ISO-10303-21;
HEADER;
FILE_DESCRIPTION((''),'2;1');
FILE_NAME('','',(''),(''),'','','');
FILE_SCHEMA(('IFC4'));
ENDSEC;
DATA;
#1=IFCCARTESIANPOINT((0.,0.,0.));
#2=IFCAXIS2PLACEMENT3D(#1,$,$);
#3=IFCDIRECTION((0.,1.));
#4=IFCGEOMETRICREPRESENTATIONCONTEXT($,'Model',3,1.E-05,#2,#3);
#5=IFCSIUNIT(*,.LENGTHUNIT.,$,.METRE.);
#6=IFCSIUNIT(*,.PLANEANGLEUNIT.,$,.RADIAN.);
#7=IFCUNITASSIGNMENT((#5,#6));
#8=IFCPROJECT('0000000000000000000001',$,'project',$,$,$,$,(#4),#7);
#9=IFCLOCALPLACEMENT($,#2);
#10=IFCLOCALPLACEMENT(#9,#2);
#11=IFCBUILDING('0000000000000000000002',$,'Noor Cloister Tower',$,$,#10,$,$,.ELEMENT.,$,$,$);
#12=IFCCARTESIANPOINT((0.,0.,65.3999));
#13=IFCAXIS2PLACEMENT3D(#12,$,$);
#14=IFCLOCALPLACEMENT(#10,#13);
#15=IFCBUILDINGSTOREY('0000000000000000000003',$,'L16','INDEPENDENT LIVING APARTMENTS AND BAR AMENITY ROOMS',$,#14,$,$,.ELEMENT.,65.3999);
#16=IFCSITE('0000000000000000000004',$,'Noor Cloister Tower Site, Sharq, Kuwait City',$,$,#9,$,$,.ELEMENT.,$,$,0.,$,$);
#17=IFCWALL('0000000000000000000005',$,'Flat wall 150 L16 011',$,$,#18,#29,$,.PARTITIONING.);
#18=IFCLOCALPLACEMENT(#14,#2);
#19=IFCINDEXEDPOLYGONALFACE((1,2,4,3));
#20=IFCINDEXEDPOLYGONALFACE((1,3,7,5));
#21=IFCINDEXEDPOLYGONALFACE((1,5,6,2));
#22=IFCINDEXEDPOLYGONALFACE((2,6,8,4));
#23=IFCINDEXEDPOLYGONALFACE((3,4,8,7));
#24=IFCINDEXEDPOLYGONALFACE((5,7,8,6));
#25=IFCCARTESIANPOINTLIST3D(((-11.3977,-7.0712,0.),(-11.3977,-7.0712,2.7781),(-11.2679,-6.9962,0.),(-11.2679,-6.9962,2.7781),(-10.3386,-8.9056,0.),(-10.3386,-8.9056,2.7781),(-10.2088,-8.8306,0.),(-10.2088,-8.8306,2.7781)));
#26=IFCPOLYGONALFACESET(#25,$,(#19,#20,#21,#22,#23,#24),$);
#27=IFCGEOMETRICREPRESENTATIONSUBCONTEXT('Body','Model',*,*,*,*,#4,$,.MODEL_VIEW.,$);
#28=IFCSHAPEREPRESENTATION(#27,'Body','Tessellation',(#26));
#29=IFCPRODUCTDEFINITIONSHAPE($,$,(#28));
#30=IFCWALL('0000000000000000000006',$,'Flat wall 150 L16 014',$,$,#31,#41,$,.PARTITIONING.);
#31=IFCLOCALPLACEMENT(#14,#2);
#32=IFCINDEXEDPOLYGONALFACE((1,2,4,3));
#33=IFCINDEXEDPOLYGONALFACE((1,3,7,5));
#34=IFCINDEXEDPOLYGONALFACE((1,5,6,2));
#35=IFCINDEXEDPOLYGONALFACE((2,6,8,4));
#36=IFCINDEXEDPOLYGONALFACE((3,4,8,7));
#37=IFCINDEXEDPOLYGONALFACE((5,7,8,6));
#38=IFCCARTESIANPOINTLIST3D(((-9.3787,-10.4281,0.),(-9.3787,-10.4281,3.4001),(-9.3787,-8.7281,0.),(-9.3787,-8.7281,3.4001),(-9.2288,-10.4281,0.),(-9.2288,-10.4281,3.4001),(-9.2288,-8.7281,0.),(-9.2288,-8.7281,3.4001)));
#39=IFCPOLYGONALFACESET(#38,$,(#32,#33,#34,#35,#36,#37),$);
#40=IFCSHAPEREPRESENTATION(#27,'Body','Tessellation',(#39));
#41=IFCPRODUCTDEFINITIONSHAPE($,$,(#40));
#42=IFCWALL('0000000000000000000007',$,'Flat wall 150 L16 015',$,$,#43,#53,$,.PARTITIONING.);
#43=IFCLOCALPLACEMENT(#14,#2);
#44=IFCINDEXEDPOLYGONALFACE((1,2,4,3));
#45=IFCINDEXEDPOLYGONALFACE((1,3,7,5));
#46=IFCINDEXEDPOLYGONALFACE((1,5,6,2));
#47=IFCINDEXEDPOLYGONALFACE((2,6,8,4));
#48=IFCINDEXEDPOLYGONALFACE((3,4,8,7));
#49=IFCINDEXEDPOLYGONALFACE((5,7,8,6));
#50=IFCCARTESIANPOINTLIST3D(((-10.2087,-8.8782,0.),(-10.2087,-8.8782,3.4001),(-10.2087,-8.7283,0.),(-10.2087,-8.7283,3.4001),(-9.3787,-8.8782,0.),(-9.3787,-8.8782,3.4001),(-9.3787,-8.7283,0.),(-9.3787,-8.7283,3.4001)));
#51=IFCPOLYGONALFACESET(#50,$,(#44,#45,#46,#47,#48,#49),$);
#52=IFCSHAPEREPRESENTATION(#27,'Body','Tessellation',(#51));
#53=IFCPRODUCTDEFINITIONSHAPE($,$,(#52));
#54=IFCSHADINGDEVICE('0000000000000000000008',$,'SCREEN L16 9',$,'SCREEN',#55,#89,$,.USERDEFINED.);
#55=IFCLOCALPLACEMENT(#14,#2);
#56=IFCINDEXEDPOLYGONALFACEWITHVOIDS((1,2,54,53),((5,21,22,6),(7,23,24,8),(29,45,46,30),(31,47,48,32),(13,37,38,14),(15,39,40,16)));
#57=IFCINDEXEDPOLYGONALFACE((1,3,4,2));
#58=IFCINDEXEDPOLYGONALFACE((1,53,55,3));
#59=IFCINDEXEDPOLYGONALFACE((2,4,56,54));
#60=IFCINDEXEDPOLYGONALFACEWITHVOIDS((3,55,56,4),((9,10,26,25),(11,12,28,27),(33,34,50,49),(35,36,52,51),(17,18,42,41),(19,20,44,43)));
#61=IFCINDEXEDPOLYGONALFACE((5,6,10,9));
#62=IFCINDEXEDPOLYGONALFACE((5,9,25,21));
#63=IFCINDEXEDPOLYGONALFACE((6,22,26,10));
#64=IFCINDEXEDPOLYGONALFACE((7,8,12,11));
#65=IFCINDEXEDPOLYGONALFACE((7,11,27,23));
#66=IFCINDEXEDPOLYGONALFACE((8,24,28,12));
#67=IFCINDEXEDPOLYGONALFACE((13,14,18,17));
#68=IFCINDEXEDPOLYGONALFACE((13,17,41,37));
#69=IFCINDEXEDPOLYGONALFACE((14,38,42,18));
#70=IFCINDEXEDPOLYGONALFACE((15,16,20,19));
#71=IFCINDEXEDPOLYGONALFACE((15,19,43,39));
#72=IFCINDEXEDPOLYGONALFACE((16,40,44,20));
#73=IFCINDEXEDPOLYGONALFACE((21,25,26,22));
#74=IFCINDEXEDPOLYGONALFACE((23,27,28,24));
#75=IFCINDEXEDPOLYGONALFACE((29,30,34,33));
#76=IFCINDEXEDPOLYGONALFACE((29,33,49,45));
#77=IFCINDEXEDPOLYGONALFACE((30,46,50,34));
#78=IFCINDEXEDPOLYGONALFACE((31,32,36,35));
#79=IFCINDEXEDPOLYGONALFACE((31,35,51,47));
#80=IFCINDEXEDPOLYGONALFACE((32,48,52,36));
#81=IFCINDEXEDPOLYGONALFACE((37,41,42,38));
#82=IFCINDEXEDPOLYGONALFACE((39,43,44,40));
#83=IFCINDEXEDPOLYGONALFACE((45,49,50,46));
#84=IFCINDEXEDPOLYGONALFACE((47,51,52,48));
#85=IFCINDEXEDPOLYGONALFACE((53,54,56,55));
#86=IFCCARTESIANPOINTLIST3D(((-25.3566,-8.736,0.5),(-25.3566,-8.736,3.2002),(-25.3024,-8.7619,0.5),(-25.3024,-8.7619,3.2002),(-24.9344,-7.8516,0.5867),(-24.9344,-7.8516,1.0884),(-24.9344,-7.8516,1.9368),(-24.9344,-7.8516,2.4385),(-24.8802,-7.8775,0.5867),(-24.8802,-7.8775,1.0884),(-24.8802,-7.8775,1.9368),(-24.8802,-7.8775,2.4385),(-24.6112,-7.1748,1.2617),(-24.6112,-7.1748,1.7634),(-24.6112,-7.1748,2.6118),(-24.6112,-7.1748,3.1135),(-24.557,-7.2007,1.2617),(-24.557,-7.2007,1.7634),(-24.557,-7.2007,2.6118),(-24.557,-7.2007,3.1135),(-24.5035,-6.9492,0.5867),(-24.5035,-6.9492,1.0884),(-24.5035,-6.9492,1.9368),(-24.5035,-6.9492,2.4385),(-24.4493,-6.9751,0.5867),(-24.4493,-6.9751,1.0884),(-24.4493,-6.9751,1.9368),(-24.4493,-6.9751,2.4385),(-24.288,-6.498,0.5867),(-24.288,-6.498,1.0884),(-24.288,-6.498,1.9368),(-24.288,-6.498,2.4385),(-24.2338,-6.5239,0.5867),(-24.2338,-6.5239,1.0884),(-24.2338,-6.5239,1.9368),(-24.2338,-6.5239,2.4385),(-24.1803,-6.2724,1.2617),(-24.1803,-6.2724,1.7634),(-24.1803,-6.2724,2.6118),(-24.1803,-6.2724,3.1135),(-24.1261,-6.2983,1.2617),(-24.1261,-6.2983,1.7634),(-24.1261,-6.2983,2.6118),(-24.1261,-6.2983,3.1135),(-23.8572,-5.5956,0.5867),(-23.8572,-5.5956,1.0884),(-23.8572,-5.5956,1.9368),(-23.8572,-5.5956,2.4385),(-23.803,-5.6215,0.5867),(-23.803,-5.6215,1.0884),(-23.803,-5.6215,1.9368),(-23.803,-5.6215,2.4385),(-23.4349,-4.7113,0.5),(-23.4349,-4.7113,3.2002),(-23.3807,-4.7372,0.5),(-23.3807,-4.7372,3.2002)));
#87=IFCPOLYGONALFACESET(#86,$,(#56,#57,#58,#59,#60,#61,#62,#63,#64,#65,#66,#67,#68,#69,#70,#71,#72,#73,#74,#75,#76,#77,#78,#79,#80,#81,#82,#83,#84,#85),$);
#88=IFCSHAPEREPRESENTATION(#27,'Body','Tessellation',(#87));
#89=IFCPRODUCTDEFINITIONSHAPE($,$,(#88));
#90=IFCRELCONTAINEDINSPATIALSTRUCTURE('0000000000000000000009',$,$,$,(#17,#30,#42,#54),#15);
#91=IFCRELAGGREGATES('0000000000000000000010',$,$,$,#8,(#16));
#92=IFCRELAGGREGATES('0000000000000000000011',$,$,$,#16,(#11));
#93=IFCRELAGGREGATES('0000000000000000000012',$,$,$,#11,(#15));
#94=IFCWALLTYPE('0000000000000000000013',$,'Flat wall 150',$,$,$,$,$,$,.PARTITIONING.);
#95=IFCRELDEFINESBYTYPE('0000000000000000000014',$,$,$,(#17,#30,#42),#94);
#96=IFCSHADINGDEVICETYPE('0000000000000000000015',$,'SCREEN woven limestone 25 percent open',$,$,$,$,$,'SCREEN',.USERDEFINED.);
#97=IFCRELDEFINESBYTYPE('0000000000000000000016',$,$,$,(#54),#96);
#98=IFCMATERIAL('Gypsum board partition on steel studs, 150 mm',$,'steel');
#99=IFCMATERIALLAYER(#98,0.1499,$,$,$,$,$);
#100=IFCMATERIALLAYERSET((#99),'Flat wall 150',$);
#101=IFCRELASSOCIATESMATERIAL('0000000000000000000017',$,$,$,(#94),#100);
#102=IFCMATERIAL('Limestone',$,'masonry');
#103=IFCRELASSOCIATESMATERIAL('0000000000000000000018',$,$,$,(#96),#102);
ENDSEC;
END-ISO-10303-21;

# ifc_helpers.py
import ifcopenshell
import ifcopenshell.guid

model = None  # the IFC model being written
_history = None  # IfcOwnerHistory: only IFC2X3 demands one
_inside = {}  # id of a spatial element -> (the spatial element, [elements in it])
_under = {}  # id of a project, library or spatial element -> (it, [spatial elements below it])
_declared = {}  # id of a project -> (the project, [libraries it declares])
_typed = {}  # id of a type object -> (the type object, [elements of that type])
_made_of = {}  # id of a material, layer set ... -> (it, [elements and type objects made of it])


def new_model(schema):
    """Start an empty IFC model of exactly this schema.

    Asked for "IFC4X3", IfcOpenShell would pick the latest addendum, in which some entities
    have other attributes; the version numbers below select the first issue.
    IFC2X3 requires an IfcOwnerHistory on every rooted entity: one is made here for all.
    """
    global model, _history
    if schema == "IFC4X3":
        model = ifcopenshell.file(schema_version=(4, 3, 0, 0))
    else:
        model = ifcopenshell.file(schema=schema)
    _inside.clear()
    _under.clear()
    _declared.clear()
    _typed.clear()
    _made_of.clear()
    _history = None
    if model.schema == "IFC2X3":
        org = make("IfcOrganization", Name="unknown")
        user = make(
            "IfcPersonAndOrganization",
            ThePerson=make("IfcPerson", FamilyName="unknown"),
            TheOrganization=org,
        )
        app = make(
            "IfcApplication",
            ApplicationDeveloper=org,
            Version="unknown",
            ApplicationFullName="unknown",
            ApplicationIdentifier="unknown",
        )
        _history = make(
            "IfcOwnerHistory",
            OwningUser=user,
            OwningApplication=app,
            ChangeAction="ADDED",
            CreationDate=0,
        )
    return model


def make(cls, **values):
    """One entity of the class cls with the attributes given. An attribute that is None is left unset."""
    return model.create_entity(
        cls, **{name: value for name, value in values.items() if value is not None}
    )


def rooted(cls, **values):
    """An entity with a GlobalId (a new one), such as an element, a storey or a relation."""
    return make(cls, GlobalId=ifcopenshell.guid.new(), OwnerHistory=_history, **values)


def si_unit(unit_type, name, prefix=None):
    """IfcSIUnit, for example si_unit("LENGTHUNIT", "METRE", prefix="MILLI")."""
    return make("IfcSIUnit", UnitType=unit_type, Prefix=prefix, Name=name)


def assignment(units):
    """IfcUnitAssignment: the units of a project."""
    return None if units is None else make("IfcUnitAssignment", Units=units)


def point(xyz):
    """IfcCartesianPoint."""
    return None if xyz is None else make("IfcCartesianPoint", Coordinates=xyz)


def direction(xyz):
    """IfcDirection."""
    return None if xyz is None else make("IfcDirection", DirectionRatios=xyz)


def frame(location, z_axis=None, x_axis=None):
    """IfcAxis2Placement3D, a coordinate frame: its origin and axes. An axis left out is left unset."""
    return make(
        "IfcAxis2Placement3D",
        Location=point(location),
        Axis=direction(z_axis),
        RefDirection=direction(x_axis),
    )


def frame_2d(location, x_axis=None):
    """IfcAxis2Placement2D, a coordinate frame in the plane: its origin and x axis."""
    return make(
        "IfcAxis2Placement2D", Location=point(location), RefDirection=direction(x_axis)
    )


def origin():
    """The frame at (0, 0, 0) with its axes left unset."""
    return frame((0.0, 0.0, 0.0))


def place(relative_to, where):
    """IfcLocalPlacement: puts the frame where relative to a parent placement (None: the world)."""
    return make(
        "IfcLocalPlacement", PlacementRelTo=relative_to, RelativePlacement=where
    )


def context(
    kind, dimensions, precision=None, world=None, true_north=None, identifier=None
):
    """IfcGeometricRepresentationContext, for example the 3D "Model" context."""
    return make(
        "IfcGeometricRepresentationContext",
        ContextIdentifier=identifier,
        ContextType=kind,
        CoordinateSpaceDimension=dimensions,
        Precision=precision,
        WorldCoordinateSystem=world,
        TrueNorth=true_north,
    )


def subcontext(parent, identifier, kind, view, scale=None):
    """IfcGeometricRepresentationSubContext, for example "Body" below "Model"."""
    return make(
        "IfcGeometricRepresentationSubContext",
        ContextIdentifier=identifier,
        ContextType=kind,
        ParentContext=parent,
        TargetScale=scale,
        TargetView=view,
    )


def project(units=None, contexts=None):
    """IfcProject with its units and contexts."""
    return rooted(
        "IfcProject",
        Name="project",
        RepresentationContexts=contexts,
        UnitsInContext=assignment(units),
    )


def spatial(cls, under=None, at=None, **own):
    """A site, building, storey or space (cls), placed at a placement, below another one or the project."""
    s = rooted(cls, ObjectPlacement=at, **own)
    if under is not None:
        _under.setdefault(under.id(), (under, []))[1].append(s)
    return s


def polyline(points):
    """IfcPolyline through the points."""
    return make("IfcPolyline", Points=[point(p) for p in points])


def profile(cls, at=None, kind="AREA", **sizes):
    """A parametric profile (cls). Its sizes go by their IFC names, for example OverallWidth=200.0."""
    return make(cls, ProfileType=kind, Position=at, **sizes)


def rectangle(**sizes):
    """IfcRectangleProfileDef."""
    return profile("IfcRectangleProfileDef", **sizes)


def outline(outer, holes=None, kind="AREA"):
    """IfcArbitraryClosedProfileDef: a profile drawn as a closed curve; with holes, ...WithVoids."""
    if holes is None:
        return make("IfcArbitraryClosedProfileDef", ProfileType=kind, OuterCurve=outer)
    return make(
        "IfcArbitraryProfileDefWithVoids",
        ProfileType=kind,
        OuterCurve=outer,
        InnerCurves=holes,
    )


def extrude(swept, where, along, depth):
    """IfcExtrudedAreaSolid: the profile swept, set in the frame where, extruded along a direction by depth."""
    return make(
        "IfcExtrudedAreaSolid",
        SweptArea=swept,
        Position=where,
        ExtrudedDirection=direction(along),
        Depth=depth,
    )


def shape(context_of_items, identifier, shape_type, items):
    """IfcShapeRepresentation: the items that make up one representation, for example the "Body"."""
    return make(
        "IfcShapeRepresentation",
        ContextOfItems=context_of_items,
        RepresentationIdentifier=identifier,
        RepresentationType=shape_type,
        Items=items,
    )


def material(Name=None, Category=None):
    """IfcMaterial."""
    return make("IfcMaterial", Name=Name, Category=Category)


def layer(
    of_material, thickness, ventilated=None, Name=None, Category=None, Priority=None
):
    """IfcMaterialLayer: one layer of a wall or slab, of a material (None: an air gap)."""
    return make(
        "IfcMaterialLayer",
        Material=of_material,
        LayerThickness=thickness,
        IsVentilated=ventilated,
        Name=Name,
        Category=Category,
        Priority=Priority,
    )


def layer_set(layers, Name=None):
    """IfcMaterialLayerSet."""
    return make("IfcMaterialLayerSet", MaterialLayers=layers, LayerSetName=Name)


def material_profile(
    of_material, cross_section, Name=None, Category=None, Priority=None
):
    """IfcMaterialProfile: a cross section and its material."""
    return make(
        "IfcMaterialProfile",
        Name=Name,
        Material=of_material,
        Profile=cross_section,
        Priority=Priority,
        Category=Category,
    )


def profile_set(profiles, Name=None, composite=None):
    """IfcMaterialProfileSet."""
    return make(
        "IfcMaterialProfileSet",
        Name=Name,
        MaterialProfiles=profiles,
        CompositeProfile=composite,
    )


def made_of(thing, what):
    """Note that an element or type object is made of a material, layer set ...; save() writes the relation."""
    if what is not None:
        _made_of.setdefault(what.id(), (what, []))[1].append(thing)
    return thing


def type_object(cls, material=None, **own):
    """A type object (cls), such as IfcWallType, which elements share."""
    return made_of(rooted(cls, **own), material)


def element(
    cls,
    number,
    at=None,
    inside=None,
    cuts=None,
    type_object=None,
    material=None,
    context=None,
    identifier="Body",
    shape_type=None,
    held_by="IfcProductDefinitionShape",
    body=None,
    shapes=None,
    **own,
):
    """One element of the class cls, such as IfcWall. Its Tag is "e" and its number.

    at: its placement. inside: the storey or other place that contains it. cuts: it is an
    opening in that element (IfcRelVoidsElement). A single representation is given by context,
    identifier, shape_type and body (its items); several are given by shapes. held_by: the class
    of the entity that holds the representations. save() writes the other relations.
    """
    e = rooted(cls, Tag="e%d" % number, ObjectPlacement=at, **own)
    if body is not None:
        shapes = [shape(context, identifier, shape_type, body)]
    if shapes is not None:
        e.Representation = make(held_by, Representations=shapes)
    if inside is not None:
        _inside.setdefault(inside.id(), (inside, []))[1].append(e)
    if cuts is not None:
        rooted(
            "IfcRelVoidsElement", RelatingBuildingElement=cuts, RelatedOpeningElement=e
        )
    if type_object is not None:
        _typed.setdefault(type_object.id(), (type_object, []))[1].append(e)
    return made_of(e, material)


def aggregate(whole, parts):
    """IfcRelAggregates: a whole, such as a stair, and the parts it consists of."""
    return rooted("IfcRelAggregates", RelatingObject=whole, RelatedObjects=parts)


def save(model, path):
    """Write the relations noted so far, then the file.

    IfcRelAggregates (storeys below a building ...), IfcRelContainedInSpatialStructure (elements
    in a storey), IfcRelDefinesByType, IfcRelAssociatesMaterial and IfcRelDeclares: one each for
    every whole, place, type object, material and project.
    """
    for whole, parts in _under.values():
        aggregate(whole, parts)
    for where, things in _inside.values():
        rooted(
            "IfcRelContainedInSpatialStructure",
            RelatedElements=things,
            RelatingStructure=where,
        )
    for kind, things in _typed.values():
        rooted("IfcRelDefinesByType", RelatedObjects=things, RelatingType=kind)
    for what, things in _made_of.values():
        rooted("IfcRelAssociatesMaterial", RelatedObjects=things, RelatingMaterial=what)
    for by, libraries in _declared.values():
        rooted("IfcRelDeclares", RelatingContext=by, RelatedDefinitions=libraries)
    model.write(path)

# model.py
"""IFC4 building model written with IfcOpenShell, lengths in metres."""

from ifc_helpers import new_model, si_unit, direction, frame, frame_2d, origin, place, context, subcontext, project, spatial, polyline, rectangle, outline, extrude, material, layer, layer_set, material_profile, profile_set, type_object, element, save


model = new_model("IFC4")

# Units and contexts
model_context = context("Model", 3, precision=1e-05, world=origin(), true_north=direction((0.0, 1.0)))
body_context = subcontext(model_context, "Body", "Model", "MODEL_VIEW")
ifc_project = project(units=[si_unit("LENGTHUNIT", "METRE"), si_unit("PLANEANGLEUNIT", "RADIAN")], contexts=[model_context])

# Site, building, storey
site_placement = place(None, origin())
site = spatial("IfcSite", under=ifc_project, at=site_placement, Name="Noor Cloister Tower Site, Sharq, Kuwait City", CompositionType="ELEMENT", RefElevation=0.0)
building_placement = place(site_placement, origin())
building = spatial("IfcBuilding", under=site, at=building_placement, Name="Noor Cloister Tower", CompositionType="ELEMENT")
storey_placement = place(building_placement, frame((0.0, 0.0, 65.3999)))
storey = spatial("IfcBuildingStorey", under=building, at=storey_placement, Name="L16", Description="INDEPENDENT LIVING APARTMENTS AND BAR AMENITY ROOMS", CompositionType="ELEMENT", Elevation=65.3999)

# Walls
ifc_material_1 = material(Name="Gypsum board partition on steel studs, 150 mm", Category="steel")
ifc_layer_1 = layer(ifc_material_1, 0.1499)
ifc_layer_set_1 = layer_set([ifc_layer_1], Name="Flat wall 150")
wall_type_1 = type_object("IfcWallType", Name="Flat wall 150", PredefinedType="PARTITIONING", material=ifc_layer_set_1)
wall_1_placement = place(storey_placement, frame((-11.3328, -7.0337, 0.0), z_axis=(0.0, 0.0, 1.0), x_axis=(0.499982, -0.866036, 0.0)))
element("IfcWall", 1, at=wall_1_placement, inside=storey, type_object=wall_type_1, Name="Flat wall 150 L16 011", PredefinedType="PARTITIONING", context=body_context, shape_type="SweptSolid", body=[
    extrude(rectangle(XDim=2.1182, YDim=0.1499, at=frame_2d((1.0591, 0.0))), origin(), (0.0, 0.0, 1.0), 2.7781),
])
wall_2_placement = place(storey_placement, frame((-9.3037, -10.4282, 0.0), z_axis=(0.0, 0.0, 1.0), x_axis=(0.0, 1.0, 0.0)))
element("IfcWall", 2, at=wall_2_placement, inside=storey, type_object=wall_type_1, Name="Flat wall 150 L16 014", PredefinedType="PARTITIONING", context=body_context, shape_type="SweptSolid", body=[
    extrude(rectangle(XDim=1.7, YDim=0.1499, at=frame_2d((0.8501, 0.0))), origin(), (0.0, 0.0, 1.0), 3.4001),
])
wall_3_placement = place(storey_placement, frame((-10.2087, -8.8032, 0.0), z_axis=(0.0, 0.0, 1.0), x_axis=(1.0, 0.0, 0.0)))
element("IfcWall", 3, at=wall_3_placement, inside=storey, type_object=wall_type_1, Name="Flat wall 150 L16 015", PredefinedType="PARTITIONING", context=body_context, shape_type="SweptSolid", body=[
    extrude(rectangle(XDim=0.8301, YDim=0.1499, at=frame_2d((0.415, 0.0))), origin(), (0.0, 0.0, 1.0), 3.4001),
])

# Shading device
ifc_material_2 = material(Name="Limestone", Category="masonry")
ifc_material_profile_1 = material_profile(ifc_material_2, outline(polyline([(-2.23, -1.3501), (2.23, -1.3501), (2.23, 1.3501), (-2.23, 1.3501), (-2.23, -1.3501)]), holes=[polyline([(-1.25, -1.2634), (-0.25, -1.2634), (-0.25, -0.7617), (-1.25, -0.7617), (-1.25, -1.2634)]), polyline([(0.25, -1.2634), (1.25, -1.2634), (1.25, -0.7617), (0.25, -0.7617), (0.25, -1.2634)]), polyline([(-0.5, -0.5884), (0.5, -0.5884), (0.5, -0.0867), (-0.5, -0.0867), (-0.5, -0.5884)]), polyline([(-1.25, 0.0867), (-0.25, 0.0867), (-0.25, 0.5884), (-1.25, 0.5884), (-1.25, 0.0867)]), polyline([(0.25, 0.0867), (1.25, 0.0867), (1.25, 0.5884), (0.25, 0.5884), (0.25, 0.0867)]), polyline([(-0.5, 0.7617), (0.5, 0.7617), (0.5, 1.2634), (-0.5, 1.2634), (-0.5, 0.7617)])]), Name="Woven screen 25 percent open")
ifc_profile_set_1 = profile_set([ifc_material_profile_1], Name="Limestone")
shading_device_type = type_object("IfcShadingDeviceType", Name="SCREEN woven limestone 25 percent open", ElementType="SCREEN", PredefinedType="USERDEFINED", material=ifc_profile_set_1)
shading_device_placement = place(storey_placement, frame((-24.3416, -6.7495, 1.8501), z_axis=(-0.902409, 0.43088, 0.0), x_axis=(-0.43088, -0.902409, 0.0)))
element("IfcShadingDevice", 4, at=shading_device_placement, inside=storey, type_object=shading_device_type, Name="SCREEN L16 9", ObjectType="SCREEN", PredefinedType="USERDEFINED", context=body_context, shape_type="SweptSolid", body=[
    extrude(outline(polyline([(-2.23, -1.3501), (2.23, -1.3501), (2.23, 1.3501), (-2.23, 1.3501), (-2.23, -1.3501)]), holes=[polyline([(-1.25, -1.2634), (-0.25, -1.2634), (-0.25, -0.7617), (-1.25, -0.7617), (-1.25, -1.2634)]), polyline([(0.25, -1.2634), (1.25, -1.2634), (1.25, -0.7617), (0.25, -0.7617), (0.25, -1.2634)]), polyline([(-0.5, -0.5884), (0.5, -0.5884), (0.5, -0.0867), (-0.5, -0.0867), (-0.5, -0.5884)]), polyline([(-1.25, 0.0867), (-0.25, 0.0867), (-0.25, 0.5884), (-1.25, 0.5884), (-1.25, 0.0867)]), polyline([(0.25, 0.0867), (1.25, 0.0867), (1.25, 0.5884), (0.25, 0.5884), (0.25, 0.0867)]), polyline([(-0.5, 0.7617), (0.5, 0.7617), (0.5, 1.2634), (-0.5, 1.2634), (-0.5, 0.7617)])]), origin(), (0.0, 0.0, 1.0), 0.0601),
])

save(model, "model.ifc")
